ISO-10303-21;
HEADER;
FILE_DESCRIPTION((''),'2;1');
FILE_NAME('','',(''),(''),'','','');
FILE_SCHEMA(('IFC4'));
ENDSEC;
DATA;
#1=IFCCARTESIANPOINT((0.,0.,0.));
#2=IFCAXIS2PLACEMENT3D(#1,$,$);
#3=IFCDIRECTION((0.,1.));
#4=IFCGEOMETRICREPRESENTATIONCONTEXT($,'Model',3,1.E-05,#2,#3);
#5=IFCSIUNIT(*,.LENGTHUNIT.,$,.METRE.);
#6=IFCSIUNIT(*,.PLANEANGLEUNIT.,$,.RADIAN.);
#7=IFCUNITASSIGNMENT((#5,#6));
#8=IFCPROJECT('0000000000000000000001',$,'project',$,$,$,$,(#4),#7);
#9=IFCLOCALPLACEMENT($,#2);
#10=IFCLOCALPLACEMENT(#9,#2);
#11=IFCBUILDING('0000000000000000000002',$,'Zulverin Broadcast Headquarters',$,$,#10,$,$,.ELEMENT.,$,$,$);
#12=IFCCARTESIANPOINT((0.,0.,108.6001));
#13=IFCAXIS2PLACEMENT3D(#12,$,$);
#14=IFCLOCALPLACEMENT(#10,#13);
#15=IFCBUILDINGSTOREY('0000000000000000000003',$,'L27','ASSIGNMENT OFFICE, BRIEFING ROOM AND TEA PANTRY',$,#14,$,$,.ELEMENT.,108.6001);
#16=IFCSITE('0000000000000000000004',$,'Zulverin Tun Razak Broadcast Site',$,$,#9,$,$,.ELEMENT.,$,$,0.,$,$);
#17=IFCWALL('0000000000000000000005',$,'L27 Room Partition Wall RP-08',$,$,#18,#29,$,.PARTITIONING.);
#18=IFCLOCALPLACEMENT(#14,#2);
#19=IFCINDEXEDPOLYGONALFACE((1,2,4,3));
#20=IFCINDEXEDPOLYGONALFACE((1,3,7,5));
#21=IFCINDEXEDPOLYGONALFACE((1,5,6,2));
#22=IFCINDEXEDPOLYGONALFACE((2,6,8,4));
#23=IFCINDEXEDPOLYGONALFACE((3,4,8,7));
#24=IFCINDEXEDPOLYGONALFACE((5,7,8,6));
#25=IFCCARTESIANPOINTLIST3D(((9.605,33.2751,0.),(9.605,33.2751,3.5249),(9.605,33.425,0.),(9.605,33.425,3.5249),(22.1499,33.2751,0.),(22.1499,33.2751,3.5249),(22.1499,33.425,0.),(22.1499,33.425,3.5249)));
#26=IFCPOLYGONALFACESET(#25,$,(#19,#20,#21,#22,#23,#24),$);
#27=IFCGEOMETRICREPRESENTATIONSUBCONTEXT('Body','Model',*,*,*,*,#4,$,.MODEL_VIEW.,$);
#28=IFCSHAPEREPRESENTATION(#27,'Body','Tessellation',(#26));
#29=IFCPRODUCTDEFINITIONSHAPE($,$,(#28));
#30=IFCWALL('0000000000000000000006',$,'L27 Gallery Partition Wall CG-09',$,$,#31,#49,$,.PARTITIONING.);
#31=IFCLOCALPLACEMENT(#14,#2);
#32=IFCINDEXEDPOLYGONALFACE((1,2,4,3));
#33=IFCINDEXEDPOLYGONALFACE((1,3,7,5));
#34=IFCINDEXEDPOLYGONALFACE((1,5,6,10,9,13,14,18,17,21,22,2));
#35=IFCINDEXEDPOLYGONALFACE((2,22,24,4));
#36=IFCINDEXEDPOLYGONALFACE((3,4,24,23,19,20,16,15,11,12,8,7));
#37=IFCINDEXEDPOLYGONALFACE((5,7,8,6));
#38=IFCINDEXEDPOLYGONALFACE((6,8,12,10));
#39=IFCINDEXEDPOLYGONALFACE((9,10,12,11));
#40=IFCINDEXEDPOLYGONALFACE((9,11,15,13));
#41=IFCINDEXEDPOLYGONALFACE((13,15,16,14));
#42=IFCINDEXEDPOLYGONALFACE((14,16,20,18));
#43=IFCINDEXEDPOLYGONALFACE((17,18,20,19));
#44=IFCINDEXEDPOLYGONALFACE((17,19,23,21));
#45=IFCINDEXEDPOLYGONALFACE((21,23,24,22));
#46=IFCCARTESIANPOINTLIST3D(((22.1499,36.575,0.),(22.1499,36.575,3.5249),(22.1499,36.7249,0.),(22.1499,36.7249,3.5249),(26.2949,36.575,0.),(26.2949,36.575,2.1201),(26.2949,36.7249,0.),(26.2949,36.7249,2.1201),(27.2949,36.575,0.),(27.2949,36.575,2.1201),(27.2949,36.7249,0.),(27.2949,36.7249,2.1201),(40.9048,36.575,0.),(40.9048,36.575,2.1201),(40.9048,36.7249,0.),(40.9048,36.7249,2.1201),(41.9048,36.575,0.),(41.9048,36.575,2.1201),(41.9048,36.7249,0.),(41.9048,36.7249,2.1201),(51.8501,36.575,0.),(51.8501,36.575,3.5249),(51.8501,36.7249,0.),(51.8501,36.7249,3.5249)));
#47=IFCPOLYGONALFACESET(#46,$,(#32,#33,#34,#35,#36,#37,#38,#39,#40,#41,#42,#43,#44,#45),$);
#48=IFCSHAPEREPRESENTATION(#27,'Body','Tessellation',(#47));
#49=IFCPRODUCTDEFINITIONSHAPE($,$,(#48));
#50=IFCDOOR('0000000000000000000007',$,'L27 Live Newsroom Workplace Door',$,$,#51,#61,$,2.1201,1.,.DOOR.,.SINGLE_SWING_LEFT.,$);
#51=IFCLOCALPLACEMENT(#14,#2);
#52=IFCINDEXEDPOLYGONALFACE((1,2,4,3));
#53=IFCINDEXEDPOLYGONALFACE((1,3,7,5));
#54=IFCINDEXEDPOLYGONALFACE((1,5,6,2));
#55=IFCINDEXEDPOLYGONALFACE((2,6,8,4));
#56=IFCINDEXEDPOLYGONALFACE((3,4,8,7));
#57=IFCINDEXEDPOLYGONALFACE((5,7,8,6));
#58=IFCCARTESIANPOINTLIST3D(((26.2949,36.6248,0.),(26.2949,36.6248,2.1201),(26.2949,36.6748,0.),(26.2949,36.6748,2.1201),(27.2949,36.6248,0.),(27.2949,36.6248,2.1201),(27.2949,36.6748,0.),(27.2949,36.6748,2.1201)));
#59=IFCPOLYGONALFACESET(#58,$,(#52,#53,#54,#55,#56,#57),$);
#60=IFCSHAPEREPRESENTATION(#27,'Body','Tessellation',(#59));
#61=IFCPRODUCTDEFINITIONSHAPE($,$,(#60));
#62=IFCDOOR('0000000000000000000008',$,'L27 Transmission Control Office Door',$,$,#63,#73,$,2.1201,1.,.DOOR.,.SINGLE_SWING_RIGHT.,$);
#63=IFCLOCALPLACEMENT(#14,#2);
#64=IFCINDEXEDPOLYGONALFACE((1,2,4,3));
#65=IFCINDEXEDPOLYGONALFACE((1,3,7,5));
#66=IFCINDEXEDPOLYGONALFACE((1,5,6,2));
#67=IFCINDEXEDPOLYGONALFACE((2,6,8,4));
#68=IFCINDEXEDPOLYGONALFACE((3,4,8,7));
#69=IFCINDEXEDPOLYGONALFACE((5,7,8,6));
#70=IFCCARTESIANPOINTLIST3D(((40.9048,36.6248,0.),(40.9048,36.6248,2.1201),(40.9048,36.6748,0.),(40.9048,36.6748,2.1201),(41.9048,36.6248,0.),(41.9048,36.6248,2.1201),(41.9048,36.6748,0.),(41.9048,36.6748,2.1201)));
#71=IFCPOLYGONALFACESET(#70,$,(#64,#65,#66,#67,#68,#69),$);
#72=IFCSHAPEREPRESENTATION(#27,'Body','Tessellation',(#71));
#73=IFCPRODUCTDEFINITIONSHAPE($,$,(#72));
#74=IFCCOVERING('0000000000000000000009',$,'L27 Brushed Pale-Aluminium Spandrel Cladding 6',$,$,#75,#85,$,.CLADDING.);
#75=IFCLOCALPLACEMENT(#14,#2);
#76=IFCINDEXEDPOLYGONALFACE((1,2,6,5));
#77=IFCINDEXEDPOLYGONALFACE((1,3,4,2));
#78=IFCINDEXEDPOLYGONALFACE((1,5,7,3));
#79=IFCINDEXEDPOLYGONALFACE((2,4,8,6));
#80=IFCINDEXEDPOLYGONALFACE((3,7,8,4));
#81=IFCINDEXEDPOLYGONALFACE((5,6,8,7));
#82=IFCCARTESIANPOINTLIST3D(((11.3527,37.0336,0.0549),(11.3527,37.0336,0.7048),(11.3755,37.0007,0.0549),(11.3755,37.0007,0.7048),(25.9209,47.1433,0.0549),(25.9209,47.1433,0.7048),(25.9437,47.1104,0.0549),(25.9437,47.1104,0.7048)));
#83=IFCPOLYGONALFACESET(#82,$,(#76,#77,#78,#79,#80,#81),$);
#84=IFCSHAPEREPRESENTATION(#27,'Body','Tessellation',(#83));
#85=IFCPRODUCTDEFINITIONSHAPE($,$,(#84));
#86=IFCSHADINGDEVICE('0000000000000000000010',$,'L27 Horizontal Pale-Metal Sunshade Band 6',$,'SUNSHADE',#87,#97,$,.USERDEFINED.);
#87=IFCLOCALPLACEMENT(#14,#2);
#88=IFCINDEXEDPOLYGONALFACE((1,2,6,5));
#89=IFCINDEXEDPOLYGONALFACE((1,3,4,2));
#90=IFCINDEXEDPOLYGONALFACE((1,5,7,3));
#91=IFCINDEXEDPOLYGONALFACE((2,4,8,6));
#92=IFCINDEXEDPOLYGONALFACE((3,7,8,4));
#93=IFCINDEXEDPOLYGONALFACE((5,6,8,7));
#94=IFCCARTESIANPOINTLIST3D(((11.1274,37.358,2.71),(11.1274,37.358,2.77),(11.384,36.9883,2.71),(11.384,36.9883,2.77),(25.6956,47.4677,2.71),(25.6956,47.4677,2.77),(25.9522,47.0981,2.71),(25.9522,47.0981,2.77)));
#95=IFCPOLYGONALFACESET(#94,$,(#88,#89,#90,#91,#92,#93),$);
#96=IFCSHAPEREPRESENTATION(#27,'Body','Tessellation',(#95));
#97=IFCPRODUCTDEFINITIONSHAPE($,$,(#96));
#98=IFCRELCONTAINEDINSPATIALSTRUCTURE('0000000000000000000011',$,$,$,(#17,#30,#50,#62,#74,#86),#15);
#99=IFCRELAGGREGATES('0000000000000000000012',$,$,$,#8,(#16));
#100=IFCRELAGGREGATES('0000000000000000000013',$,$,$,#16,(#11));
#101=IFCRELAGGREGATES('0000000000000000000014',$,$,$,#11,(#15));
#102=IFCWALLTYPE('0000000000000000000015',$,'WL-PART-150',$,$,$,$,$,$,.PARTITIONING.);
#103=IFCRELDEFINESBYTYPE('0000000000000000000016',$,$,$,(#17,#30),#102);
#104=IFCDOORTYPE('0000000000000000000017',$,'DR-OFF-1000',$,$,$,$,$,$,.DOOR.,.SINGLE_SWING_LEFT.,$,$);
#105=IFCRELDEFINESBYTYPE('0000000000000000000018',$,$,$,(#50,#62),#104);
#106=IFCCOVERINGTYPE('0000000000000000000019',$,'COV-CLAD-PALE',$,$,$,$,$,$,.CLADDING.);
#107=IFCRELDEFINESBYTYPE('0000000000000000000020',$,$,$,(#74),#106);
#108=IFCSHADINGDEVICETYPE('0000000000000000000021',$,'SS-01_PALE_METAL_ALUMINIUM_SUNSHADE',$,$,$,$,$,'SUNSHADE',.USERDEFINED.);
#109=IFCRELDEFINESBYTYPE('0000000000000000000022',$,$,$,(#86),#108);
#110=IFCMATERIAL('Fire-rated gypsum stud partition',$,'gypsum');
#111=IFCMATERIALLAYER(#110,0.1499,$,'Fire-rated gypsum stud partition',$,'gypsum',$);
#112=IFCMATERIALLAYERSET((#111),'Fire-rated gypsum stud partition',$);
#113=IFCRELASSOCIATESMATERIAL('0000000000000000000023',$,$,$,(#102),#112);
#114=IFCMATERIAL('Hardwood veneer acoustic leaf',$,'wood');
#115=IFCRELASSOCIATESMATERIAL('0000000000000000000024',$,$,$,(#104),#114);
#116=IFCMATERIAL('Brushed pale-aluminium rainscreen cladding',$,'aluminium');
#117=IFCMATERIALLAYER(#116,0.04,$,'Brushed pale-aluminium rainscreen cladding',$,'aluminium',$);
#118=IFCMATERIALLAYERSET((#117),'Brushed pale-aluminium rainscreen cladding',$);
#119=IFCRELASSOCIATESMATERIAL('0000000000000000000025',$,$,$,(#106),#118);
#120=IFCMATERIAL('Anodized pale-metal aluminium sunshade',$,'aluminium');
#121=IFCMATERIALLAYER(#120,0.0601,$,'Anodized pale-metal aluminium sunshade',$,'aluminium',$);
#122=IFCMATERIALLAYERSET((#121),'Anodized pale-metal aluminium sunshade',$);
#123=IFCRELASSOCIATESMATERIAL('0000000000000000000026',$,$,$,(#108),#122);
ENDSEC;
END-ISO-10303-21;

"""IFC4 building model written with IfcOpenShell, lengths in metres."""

from ifc_helpers import new_model, si_unit, direction, frame, frame_2d, origin, origin_2d, place, context, subcontext, project, spatial, rectangle, extrude, material, layer, layer_set, type_object, element, fill, save


model = new_model("IFC4")

# Units and contexts
model_context = context("Model", 3, precision=1e-05, world=origin(), true_north=direction((0.0, 1.0)))
body_context = subcontext(model_context, "Body", "Model", "MODEL_VIEW")
ifc_project = project(units=[si_unit("LENGTHUNIT", "METRE"), si_unit("PLANEANGLEUNIT", "RADIAN")], contexts=[model_context])

# Site, building, storey
site_placement = place(None, origin())
site = spatial("IfcSite", under=ifc_project, at=site_placement, Name="Zulverin Tun Razak Broadcast Site", CompositionType="ELEMENT", RefElevation=0.0)
building_placement = place(site_placement, origin())
building = spatial("IfcBuilding", under=site, at=building_placement, Name="Zulverin Broadcast Headquarters", CompositionType="ELEMENT")
storey_placement = place(building_placement, frame((0.0, 0.0, 108.6001)))
storey = spatial("IfcBuildingStorey", under=building, at=storey_placement, Name="L27", Description="ASSIGNMENT OFFICE, BRIEFING ROOM AND TEA PANTRY", CompositionType="ELEMENT", Elevation=108.6001)

# Wall
ifc_material_1 = material(Name="Fire-rated gypsum stud partition", Category="gypsum")
ifc_layer_1 = layer(ifc_material_1, 0.1499, Name="Fire-rated gypsum stud partition", Category="gypsum")
ifc_layer_set_1 = layer_set([ifc_layer_1], Name="Fire-rated gypsum stud partition")
wall_type_1 = type_object("IfcWallType", Name="WL-PART-150", PredefinedType="PARTITIONING", material=ifc_layer_set_1)
wall_1_placement = place(storey_placement, frame((9.605, 33.3501, 0.0), z_axis=(0.0, 0.0, 1.0), x_axis=(1.0, 0.0, 0.0)))
element("IfcWall", 1, at=wall_1_placement, inside=storey, type_object=wall_type_1, Name="L27 Room Partition Wall RP-08", PredefinedType="PARTITIONING", context=body_context, shape_type="SweptSolid", body=[
    extrude(rectangle(XDim=12.5449, YDim=0.1499, at=frame_2d((6.2725, 0.0))), origin(), (0.0, 0.0, 1.0), 3.5249),
])

# Wall, openings, doors
wall_2_placement = place(storey_placement, frame((22.1499, 36.6499, 0.0), z_axis=(0.0, 0.0, 1.0), x_axis=(1.0, 0.0, 0.0)))
wall_2 = element("IfcWall", 2, at=wall_2_placement, inside=storey, type_object=wall_type_1, Name="L27 Gallery Partition Wall CG-09", PredefinedType="PARTITIONING", context=body_context, shape_type="SweptSolid", body=[
    extrude(rectangle(XDim=29.7002, YDim=0.1499, at=frame_2d((14.8501, 0.0))), origin(), (0.0, 0.0, 1.0), 3.5249),
])
opening_1_placement = place(wall_2_placement, frame((4.145, 0.0, 0.0)))
opening_1 = element("IfcOpeningElement", 3, at=opening_1_placement, cuts=wall_2, PredefinedType="OPENING", context=body_context, shape_type="SweptSolid", body=[
    extrude(rectangle(XDim=1.0, YDim=2.1201, at=frame_2d((0.5, 1.0601))), frame((0.0, 0.085, 0.0), z_axis=(0.0, -1.0, 0.0), x_axis=(1.0, 0.0, 0.0)), (0.0, 0.0, 1.0), 0.1699),
])
opening_2_placement = place(wall_2_placement, frame((18.7549, 0.0, 0.0)))
opening_2 = element("IfcOpeningElement", 4, at=opening_2_placement, cuts=wall_2, PredefinedType="OPENING", context=body_context, shape_type="SweptSolid", body=[
    extrude(rectangle(XDim=1.0, YDim=2.1201, at=frame_2d((0.5, 1.0601))), frame((0.0, 0.085, 0.0), z_axis=(0.0, -1.0, 0.0), x_axis=(1.0, 0.0, 0.0)), (0.0, 0.0, 1.0), 0.1699),
])
ifc_material_2 = material(Name="Hardwood veneer acoustic leaf", Category="wood")
door_type_1 = type_object("IfcDoorType", Name="DR-OFF-1000", OperationType="SINGLE_SWING_LEFT", PredefinedType="DOOR", material=ifc_material_2)
door_1_placement = place(opening_1_placement, origin())
door_1 = element("IfcDoor", 5, at=door_1_placement, inside=storey, type_object=door_type_1, Name="L27 Live Newsroom Workplace Door", OperationType="SINGLE_SWING_LEFT", OverallHeight=2.1201, OverallWidth=1.0, PredefinedType="DOOR", context=body_context, shape_type="SweptSolid", body=[
    extrude(rectangle(XDim=1.0, YDim=2.1201, at=frame_2d((0.5, 1.0601))), frame((0.0, 0.0249, 0.0), z_axis=(0.0, -1.0, 0.0), x_axis=(1.0, 0.0, 0.0)), (0.0, 0.0, 1.0), 0.05),
])
fill(opening_1, door_1)
door_2_placement = place(opening_2_placement, origin())
door_2 = element("IfcDoor", 6, at=door_2_placement, inside=storey, type_object=door_type_1, Name="L27 Transmission Control Office Door", OperationType="SINGLE_SWING_RIGHT", OverallHeight=2.1201, OverallWidth=1.0, PredefinedType="DOOR", context=body_context, shape_type="SweptSolid", body=[
    extrude(rectangle(XDim=1.0, YDim=2.1201, at=frame_2d((0.5, 1.0601))), frame((0.0, 0.0249, 0.0), z_axis=(0.0, -1.0, 0.0), x_axis=(1.0, 0.0, 0.0)), (0.0, 0.0, 1.0), 0.05),
])
fill(opening_2, door_2)

# Covering
ifc_material_3 = material(Name="Brushed pale-aluminium rainscreen cladding", Category="aluminium")
ifc_layer_2 = layer(ifc_material_3, 0.04, Name="Brushed pale-aluminium rainscreen cladding", Category="aluminium")
ifc_layer_set_2 = layer_set([ifc_layer_2], Name="Brushed pale-aluminium rainscreen cladding")
covering_type = type_object("IfcCoveringType", Name="COV-CLAD-PALE", PredefinedType="CLADDING", material=ifc_layer_set_2)
covering_placement = place(storey_placement, frame((18.6482, 42.072, 0.0549), z_axis=(0.0, 0.0, 1.0), x_axis=(-0.821556, -0.570127, 0.0)))
element("IfcCovering", 7, at=covering_placement, inside=storey, type_object=covering_type, Name="L27 Brushed Pale-Aluminium Spandrel Cladding 6", PredefinedType="CLADDING", context=body_context, shape_type="SweptSolid", body=[
    extrude(rectangle(XDim=17.7324, YDim=0.04, at=origin_2d()), origin(), (0.0, 0.0, 1.0), 0.6499),
])

# Shading device
ifc_material_4 = material(Name="Anodized pale-metal aluminium sunshade", Category="aluminium")
ifc_layer_3 = layer(ifc_material_4, 0.0601, Name="Anodized pale-metal aluminium sunshade", Category="aluminium")
ifc_layer_set_3 = layer_set([ifc_layer_3], Name="Anodized pale-metal aluminium sunshade")
shading_device_type = type_object("IfcShadingDeviceType", Name="SS-01_PALE_METAL_ALUMINIUM_SUNSHADE", ElementType="SUNSHADE", PredefinedType="USERDEFINED", material=ifc_layer_set_3)
shading_device_placement = place(storey_placement, frame((18.5398, 42.228, 2.71), z_axis=(0.0, 0.0, 1.0), x_axis=(-0.821556, -0.570127, 0.0)))
element("IfcShadingDevice", 8, at=shading_device_placement, inside=storey, type_object=shading_device_type, Name="L27 Horizontal Pale-Metal Sunshade Band 6", ObjectType="SUNSHADE", PredefinedType="USERDEFINED", context=body_context, shape_type="SweptSolid", body=[
    extrude(rectangle(XDim=17.7324, YDim=0.45, at=origin_2d()), origin(), (0.0, 0.0, 1.0), 0.0601),
])

save(model, "model.ifc")
